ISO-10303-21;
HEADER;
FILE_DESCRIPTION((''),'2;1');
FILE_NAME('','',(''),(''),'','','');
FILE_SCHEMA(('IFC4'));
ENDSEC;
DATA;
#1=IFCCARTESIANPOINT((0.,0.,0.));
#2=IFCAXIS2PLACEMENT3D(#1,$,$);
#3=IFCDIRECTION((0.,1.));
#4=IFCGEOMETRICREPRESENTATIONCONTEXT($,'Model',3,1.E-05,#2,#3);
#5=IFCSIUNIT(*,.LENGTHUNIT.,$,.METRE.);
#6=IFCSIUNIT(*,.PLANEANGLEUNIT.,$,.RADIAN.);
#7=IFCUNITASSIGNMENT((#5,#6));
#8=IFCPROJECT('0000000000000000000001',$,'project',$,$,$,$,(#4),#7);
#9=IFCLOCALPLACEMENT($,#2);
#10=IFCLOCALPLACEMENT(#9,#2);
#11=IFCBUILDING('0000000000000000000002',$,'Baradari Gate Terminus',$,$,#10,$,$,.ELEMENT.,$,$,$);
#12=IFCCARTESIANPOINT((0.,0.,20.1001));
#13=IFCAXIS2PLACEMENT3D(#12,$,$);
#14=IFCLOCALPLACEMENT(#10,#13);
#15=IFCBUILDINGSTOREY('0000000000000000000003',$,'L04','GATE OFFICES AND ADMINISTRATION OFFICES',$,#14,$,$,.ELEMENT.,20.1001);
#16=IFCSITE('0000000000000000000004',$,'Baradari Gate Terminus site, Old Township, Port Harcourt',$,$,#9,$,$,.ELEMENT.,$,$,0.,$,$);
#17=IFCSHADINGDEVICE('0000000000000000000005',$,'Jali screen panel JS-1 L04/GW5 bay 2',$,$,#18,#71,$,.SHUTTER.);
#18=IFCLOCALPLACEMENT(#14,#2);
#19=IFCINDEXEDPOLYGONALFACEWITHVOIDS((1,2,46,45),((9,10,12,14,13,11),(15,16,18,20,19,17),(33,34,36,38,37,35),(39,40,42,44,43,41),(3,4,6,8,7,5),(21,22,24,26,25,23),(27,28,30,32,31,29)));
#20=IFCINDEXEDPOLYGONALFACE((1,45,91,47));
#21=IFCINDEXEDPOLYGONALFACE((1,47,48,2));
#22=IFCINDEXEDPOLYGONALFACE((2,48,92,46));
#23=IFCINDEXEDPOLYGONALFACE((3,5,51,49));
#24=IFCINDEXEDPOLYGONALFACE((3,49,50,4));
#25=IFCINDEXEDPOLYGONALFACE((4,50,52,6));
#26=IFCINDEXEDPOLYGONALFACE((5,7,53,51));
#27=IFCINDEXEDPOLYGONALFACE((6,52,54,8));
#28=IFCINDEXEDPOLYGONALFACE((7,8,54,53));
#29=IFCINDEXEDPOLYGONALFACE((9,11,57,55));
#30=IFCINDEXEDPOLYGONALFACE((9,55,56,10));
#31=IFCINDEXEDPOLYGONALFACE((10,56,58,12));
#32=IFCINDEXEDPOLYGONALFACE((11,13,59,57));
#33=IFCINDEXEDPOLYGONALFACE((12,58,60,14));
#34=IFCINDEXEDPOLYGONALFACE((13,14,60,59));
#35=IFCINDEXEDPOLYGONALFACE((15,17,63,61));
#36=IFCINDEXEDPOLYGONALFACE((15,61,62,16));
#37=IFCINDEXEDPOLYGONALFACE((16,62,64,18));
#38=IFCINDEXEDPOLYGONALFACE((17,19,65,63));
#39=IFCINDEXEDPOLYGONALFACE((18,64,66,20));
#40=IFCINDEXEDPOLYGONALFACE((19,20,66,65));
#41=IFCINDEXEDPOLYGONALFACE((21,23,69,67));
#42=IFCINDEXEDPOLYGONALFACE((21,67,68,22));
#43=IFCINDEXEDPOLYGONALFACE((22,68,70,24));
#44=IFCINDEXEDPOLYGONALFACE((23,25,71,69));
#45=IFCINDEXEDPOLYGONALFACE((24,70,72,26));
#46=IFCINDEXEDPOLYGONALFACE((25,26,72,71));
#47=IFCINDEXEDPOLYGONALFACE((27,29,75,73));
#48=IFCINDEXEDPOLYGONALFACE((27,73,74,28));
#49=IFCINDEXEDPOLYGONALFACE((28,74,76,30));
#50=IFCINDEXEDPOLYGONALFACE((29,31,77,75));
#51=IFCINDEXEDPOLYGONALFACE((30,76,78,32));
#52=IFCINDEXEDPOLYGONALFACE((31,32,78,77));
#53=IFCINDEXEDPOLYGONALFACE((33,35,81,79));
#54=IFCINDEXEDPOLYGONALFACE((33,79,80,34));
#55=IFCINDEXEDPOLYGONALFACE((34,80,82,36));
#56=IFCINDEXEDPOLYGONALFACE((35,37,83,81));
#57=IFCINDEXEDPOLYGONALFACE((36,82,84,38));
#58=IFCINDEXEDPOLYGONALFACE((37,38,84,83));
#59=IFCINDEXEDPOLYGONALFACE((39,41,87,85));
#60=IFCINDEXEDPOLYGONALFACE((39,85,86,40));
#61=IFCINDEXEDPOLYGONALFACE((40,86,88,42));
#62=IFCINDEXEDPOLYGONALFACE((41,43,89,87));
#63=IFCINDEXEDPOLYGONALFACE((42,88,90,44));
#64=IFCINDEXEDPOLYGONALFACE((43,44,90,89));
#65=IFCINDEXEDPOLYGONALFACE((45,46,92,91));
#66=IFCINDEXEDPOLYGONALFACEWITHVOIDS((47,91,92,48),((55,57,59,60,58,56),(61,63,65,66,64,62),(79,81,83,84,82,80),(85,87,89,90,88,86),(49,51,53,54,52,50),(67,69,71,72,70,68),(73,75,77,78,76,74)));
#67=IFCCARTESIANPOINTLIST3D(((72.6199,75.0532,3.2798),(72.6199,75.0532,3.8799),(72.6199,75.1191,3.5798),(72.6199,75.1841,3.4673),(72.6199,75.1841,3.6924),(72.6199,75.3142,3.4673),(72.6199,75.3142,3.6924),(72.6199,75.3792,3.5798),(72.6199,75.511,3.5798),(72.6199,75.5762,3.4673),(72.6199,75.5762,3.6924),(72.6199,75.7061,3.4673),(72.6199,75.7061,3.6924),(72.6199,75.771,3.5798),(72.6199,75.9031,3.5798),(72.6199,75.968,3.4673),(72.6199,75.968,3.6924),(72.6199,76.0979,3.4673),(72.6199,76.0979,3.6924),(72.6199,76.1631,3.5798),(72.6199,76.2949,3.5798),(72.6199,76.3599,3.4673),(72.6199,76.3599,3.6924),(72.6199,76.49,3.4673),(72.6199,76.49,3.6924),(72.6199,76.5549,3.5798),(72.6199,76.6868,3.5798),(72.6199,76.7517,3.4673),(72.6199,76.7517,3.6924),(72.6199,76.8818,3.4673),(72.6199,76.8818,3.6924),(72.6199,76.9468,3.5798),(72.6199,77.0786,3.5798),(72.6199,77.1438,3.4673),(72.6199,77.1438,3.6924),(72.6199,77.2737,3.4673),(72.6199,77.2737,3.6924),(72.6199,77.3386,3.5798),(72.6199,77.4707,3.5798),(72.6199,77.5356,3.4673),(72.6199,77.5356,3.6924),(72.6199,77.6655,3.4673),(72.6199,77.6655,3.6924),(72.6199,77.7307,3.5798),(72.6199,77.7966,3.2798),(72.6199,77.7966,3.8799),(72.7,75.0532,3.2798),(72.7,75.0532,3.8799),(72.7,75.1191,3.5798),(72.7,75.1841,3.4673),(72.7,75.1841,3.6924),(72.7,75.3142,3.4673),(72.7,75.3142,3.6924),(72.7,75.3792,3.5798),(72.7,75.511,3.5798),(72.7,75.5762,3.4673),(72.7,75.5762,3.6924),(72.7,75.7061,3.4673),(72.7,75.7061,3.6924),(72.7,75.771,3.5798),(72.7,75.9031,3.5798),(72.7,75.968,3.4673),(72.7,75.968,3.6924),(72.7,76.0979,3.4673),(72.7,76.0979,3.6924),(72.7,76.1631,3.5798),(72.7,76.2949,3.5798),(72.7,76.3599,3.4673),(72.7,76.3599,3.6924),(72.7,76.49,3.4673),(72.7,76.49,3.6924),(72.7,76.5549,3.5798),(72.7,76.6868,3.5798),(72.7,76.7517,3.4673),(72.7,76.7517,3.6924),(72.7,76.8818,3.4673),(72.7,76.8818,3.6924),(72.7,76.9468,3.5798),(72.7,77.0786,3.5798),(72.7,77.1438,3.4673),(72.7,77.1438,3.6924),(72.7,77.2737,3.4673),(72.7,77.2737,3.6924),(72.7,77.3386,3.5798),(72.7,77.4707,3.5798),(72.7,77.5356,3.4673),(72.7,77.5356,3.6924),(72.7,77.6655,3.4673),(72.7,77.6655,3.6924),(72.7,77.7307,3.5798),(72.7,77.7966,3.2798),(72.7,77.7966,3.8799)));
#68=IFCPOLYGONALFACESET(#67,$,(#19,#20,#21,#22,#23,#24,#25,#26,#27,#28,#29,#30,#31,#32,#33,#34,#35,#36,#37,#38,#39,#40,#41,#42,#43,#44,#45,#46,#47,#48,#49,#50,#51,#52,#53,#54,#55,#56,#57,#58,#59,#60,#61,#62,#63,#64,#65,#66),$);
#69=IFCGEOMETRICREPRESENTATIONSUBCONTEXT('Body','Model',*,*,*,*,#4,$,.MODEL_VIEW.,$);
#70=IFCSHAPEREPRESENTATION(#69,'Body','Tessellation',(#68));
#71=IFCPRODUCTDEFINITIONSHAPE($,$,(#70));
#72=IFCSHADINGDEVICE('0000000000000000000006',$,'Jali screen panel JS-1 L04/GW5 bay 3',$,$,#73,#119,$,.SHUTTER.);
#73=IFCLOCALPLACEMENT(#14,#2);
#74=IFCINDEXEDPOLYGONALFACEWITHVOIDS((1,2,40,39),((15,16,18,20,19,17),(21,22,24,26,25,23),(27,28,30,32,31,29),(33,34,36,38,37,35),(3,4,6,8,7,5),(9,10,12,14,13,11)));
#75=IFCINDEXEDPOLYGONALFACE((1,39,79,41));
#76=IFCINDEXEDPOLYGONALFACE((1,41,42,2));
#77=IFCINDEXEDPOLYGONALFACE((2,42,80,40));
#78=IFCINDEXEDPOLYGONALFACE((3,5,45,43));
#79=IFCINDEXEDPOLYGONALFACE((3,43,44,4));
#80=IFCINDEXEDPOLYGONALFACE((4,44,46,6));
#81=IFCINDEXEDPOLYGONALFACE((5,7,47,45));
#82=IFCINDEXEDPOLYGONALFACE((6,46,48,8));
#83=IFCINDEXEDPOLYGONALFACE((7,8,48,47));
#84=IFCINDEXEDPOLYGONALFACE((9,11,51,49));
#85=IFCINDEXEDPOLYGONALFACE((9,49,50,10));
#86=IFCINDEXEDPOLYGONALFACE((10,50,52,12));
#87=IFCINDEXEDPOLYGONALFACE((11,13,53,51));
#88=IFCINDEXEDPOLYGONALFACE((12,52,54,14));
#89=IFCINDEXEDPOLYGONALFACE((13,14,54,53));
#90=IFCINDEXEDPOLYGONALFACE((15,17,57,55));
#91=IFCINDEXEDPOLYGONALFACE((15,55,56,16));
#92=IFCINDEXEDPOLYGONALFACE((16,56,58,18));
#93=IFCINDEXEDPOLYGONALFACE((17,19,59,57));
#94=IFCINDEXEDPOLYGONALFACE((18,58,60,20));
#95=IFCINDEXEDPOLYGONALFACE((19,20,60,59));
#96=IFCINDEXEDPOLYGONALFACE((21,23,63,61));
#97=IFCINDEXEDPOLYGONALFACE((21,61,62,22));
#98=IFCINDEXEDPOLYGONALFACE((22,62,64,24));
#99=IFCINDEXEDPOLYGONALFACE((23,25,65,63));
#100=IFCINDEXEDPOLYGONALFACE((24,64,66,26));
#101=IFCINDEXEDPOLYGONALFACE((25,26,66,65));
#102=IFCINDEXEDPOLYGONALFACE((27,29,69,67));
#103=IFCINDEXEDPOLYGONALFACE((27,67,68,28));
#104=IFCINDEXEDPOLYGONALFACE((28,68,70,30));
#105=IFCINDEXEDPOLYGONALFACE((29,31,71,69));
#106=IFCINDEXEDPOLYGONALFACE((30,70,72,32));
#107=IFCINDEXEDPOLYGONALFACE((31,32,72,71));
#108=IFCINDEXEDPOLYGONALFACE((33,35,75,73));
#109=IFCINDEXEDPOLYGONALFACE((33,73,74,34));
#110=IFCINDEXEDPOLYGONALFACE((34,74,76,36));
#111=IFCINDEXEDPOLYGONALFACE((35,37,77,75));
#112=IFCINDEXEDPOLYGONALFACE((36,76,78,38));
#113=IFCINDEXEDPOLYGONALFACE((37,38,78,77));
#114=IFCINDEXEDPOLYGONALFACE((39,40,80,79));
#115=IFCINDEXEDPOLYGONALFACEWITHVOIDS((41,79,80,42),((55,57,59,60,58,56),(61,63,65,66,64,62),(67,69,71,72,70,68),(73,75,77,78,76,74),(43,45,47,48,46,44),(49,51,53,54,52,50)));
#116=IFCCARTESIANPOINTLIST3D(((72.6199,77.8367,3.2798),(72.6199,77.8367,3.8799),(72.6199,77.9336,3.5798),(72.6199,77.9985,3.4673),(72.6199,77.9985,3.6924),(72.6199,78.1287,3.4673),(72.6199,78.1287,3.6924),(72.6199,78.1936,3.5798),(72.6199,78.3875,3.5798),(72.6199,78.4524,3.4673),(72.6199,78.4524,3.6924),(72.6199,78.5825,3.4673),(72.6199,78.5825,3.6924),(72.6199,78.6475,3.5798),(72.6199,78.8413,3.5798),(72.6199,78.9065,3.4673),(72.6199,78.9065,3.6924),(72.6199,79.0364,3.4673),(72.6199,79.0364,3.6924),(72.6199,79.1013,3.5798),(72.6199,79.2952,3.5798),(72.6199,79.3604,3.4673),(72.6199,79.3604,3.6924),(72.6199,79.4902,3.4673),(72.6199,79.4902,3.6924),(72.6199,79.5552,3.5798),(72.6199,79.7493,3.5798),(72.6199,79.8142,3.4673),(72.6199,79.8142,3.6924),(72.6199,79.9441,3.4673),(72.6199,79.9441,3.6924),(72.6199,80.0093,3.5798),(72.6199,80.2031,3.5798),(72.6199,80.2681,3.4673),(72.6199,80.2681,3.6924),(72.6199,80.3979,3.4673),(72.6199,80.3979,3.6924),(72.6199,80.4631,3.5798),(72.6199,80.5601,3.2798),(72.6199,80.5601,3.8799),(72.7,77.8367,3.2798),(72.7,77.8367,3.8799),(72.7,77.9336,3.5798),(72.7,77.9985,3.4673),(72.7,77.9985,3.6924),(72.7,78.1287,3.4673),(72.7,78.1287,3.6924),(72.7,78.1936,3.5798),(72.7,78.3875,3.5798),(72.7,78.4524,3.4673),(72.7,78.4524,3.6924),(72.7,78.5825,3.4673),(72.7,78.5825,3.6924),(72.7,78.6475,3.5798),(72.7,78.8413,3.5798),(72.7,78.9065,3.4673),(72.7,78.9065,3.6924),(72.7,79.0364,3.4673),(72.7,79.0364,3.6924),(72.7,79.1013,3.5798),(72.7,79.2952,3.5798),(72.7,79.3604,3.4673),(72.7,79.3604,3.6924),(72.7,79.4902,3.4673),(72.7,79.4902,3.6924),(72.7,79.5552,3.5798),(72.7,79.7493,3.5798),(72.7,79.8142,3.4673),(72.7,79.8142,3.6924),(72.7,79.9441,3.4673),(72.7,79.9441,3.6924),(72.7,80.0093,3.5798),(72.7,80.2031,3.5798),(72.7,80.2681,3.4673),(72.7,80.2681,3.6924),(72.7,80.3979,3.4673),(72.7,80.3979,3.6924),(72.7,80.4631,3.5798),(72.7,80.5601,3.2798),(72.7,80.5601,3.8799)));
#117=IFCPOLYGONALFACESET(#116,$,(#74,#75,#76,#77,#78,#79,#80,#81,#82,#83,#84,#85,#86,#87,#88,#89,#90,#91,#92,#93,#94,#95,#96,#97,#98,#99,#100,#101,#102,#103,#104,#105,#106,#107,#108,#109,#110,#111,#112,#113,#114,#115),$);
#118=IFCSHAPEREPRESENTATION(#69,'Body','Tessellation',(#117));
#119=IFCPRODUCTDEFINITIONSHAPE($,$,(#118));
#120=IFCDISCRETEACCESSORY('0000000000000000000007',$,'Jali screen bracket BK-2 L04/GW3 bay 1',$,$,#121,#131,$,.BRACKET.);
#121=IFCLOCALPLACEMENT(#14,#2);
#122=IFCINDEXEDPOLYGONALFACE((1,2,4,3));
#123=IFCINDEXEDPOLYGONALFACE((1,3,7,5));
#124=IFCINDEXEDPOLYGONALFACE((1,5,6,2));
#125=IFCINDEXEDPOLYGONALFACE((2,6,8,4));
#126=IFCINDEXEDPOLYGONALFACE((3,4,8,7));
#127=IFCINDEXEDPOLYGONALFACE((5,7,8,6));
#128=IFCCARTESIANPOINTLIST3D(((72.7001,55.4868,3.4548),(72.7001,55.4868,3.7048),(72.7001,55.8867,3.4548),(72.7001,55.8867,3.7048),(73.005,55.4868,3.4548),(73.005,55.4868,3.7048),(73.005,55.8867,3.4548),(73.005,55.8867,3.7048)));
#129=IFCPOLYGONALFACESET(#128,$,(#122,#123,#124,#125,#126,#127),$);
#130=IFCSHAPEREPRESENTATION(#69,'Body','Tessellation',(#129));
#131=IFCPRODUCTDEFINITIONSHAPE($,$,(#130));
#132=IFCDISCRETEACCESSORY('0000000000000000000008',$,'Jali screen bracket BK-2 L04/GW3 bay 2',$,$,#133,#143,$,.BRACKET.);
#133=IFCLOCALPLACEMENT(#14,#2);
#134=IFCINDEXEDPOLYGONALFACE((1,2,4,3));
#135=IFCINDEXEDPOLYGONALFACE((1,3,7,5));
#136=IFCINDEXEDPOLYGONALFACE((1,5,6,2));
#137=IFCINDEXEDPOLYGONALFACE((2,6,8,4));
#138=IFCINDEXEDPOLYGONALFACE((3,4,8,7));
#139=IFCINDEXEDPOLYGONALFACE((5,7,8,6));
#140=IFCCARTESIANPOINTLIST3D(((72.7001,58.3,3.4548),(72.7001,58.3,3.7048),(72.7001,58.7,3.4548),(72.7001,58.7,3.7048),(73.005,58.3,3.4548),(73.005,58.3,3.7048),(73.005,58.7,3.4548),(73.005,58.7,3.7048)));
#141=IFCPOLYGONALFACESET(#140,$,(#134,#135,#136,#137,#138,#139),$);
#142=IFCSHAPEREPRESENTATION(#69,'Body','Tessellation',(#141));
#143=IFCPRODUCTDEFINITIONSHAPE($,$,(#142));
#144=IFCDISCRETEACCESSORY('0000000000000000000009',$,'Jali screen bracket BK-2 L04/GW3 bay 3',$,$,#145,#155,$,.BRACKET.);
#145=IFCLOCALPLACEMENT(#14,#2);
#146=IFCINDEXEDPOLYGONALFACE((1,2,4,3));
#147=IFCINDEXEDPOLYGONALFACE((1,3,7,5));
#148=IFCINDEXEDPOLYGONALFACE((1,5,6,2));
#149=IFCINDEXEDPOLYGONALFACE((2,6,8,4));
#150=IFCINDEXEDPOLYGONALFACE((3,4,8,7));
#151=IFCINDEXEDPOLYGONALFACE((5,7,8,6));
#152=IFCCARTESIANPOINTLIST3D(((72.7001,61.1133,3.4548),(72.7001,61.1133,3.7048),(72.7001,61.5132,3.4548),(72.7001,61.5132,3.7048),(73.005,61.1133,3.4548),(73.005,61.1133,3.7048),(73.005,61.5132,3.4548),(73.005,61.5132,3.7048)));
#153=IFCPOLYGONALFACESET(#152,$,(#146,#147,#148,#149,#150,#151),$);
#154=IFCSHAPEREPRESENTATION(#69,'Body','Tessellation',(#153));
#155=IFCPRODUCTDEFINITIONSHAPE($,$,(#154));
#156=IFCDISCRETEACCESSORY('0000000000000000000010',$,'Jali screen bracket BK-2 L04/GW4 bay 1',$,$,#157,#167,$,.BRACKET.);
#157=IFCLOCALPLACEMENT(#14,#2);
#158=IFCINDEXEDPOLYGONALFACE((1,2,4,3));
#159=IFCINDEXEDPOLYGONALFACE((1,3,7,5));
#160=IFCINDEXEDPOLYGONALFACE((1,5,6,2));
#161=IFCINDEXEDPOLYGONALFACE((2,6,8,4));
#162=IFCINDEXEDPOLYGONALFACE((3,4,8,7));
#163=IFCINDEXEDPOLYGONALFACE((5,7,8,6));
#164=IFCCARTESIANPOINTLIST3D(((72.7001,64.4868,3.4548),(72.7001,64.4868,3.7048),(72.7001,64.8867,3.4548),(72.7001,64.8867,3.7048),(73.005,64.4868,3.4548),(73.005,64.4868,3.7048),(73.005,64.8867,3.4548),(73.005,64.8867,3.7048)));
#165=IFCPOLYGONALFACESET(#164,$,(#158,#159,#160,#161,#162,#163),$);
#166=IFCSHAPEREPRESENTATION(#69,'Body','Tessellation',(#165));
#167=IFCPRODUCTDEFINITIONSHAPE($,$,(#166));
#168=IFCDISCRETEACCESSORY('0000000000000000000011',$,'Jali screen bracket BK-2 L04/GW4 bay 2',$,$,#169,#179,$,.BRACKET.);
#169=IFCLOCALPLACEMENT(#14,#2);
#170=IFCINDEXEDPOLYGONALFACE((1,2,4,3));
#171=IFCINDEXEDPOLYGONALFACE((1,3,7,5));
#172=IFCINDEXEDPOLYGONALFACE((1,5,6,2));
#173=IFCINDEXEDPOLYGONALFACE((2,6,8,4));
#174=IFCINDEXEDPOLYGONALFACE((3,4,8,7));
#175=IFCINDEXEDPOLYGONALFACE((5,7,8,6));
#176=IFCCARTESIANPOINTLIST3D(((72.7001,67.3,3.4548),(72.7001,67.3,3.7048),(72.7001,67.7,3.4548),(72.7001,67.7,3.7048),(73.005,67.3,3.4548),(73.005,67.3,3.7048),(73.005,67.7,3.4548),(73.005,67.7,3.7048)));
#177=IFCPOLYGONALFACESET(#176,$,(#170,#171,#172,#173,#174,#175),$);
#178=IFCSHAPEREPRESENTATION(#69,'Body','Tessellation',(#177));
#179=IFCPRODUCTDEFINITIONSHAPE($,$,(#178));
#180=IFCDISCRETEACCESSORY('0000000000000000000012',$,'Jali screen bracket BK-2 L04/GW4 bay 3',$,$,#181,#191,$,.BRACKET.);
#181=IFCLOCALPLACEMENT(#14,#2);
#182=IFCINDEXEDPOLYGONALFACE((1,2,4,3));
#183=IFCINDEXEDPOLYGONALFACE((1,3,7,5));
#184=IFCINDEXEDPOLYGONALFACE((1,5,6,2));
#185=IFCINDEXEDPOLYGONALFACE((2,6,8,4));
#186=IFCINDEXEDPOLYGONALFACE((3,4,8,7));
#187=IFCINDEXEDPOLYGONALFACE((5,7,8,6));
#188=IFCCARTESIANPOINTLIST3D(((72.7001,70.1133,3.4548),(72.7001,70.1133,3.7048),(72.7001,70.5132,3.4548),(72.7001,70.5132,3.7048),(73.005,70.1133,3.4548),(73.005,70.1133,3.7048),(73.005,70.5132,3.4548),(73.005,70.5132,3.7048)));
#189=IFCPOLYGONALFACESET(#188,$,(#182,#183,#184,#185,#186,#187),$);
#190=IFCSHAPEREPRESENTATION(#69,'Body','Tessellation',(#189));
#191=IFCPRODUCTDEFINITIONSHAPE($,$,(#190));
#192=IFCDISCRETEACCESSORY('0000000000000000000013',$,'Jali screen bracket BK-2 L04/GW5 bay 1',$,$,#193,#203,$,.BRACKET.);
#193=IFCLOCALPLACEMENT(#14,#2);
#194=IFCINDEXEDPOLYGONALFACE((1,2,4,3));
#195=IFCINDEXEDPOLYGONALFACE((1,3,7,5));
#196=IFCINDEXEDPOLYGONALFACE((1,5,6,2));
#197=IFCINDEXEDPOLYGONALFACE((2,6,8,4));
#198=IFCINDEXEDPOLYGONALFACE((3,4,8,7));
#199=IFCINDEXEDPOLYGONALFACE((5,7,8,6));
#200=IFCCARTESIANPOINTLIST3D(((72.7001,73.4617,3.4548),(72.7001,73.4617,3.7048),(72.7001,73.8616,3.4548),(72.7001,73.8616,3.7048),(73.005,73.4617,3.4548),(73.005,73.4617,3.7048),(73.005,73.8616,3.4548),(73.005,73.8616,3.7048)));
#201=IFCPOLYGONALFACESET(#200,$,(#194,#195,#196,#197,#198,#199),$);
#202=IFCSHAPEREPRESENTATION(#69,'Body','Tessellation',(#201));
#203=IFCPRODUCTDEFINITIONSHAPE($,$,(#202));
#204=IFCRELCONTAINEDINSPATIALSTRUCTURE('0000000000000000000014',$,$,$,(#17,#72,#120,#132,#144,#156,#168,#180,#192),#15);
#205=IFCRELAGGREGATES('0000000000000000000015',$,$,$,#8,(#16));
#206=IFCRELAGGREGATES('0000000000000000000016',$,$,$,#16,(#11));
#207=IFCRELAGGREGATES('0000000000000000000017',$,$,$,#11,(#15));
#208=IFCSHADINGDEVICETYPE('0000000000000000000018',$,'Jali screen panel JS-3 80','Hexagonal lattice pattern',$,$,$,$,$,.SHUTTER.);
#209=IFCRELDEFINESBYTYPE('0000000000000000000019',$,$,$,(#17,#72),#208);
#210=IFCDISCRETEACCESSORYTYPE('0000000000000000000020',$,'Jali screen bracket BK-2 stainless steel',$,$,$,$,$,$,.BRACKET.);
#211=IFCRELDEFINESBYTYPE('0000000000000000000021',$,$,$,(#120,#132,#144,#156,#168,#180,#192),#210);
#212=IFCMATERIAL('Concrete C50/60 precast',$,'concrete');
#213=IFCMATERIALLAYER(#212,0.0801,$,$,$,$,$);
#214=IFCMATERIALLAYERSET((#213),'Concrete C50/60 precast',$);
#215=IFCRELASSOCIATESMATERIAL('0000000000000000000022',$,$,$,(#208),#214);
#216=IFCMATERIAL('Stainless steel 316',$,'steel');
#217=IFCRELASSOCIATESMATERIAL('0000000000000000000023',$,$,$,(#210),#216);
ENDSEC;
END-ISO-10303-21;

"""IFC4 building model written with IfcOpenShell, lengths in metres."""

from ifc_helpers import new_model, si_unit, direction, frame, origin, origin_2d, place, context, subcontext, project, spatial, polyline, rectangle, outline, extrude, material, layer, layer_set, type_object, element, save


model = new_model("IFC4")

# Units and contexts
model_context = context("Model", 3, precision=1e-05, world=origin(), true_north=direction((0.0, 1.0)))
body_context = subcontext(model_context, "Body", "Model", "MODEL_VIEW")
ifc_project = project(units=[si_unit("LENGTHUNIT", "METRE"), si_unit("PLANEANGLEUNIT", "RADIAN")], contexts=[model_context])

# Site, building, storey
site_placement = place(None, origin())
site = spatial("IfcSite", under=ifc_project, at=site_placement, Name="Baradari Gate Terminus site, Old Township, Port Harcourt", CompositionType="ELEMENT", RefElevation=0.0)
building_placement = place(site_placement, origin())
building = spatial("IfcBuilding", under=site, at=building_placement, Name="Baradari Gate Terminus", CompositionType="ELEMENT")
storey_placement = place(building_placement, frame((0.0, 0.0, 20.1001)))
storey = spatial("IfcBuildingStorey", under=building, at=storey_placement, Name="L04", Description="GATE OFFICES AND ADMINISTRATION OFFICES", CompositionType="ELEMENT", Elevation=20.1001)

# Shading devices
ifc_material_1 = material(Name="Concrete C50/60 precast", Category="concrete")
ifc_layer = layer(ifc_material_1, 0.0801)
ifc_layer_set = layer_set([ifc_layer], Name="Concrete C50/60 precast")
shading_device_type = type_object("IfcShadingDeviceType", Name="Jali screen panel JS-3 80", Description="Hexagonal lattice pattern", PredefinedType="SHUTTER", material=ifc_layer_set)
shading_device_1_placement = place(storey_placement, frame((72.6599, 75.0532, 3.2798), z_axis=(0.0, 0.0, 1.0), x_axis=(0.0, 1.0, 0.0)))
element("IfcShadingDevice", 1, at=shading_device_1_placement, inside=storey, type_object=shading_device_type, Name="Jali screen panel JS-1 L04/GW5 bay 2", PredefinedType="SHUTTER", context=body_context, shape_type="SweptSolid", body=[
    extrude(outline(polyline([(0.0, 0.0), (2.7434, 0.0), (2.7434, 0.6001), (0.0, 0.6001), (0.0, 0.0)]), holes=[polyline([(0.3259, 0.3), (0.261, 0.1875), (0.1309, 0.1875), (0.0659, 0.3), (0.1309, 0.4126), (0.261, 0.4126), (0.3259, 0.3)]), polyline([(0.7178, 0.3), (0.6528, 0.1875), (0.5229, 0.1875), (0.4578, 0.3), (0.5229, 0.4126), (0.6528, 0.4126), (0.7178, 0.3)]), polyline([(1.1099, 0.3), (1.0447, 0.1875), (0.9148, 0.1875), (0.8499, 0.3), (0.9148, 0.4126), (1.0447, 0.4126), (1.1099, 0.3)]), polyline([(1.5017, 0.3), (1.4368, 0.1875), (1.3066, 0.1875), (1.2417, 0.3), (1.3066, 0.4126), (1.4368, 0.4126), (1.5017, 0.3)]), polyline([(1.8936, 0.3), (1.8286, 0.1875), (1.6985, 0.1875), (1.6335, 0.3), (1.6985, 0.4126), (1.8286, 0.4126), (1.8936, 0.3)]), polyline([(2.2854, 0.3), (2.2205, 0.1875), (2.0906, 0.1875), (2.0254, 0.3), (2.0906, 0.4126), (2.2205, 0.4126), (2.2854, 0.3)]), polyline([(2.6775, 0.3), (2.6123, 0.1875), (2.4824, 0.1875), (2.4175, 0.3), (2.4824, 0.4126), (2.6123, 0.4126), (2.6775, 0.3)])]), frame((0.0, 0.04, 0.0), z_axis=(0.0, -1.0, 0.0), x_axis=(1.0, 0.0, 0.0)), (0.0, 0.0, 1.0), 0.0801),
])
shading_device_2_placement = place(storey_placement, frame((72.6599, 77.8367, 3.2798), z_axis=(0.0, 0.0, 1.0), x_axis=(0.0, 1.0, 0.0)))
element("IfcShadingDevice", 2, at=shading_device_2_placement, inside=storey, type_object=shading_device_type, Name="Jali screen panel JS-1 L04/GW5 bay 3", PredefinedType="SHUTTER", context=body_context, shape_type="SweptSolid", body=[
    extrude(outline(polyline([(0.0, 0.0), (2.7234, 0.0), (2.7234, 0.6001), (0.0, 0.6001), (0.0, 0.0)]), holes=[polyline([(0.3569, 0.3), (0.292, 0.1875), (0.1619, 0.1875), (0.0969, 0.3), (0.1619, 0.4126), (0.292, 0.4126), (0.3569, 0.3)]), polyline([(0.8108, 0.3), (0.7458, 0.1875), (0.6157, 0.1875), (0.5508, 0.3), (0.6157, 0.4126), (0.7458, 0.4126), (0.8108, 0.3)]), polyline([(1.2646, 0.3), (1.1997, 0.1875), (1.0698, 0.1875), (1.0046, 0.3), (1.0698, 0.4126), (1.1997, 0.4126), (1.2646, 0.3)]), polyline([(1.7185, 0.3), (1.6536, 0.1875), (1.5237, 0.1875), (1.4585, 0.3), (1.5237, 0.4126), (1.6536, 0.4126), (1.7185, 0.3)]), polyline([(2.1726, 0.3), (2.1074, 0.1875), (1.9775, 0.1875), (1.9126, 0.3), (1.9775, 0.4126), (2.1074, 0.4126), (2.1726, 0.3)]), polyline([(2.6265, 0.3), (2.5613, 0.1875), (2.4314, 0.1875), (2.3665, 0.3), (2.4314, 0.4126), (2.5613, 0.4126), (2.6265, 0.3)])]), frame((0.0, 0.04, 0.0), z_axis=(0.0, -1.0, 0.0), x_axis=(1.0, 0.0, 0.0)), (0.0, 0.0, 1.0), 0.0801),
])

# Discrete accessories
ifc_material_2 = material(Name="Stainless steel 316", Category="steel")
discrete_accessory_type = type_object("IfcDiscreteAccessoryType", Name="Jali screen bracket BK-2 stainless steel", PredefinedType="BRACKET", material=ifc_material_2)
for number, where, z_axis, x_axis, name in (
    (3, (72.8525, 55.6868, 3.4548), (0.0, 0.0, 1.0), (-1.0, 0.0, 0.0), "Jali screen bracket BK-2 L04/GW3 bay 1"),
    (4, (72.8525, 58.5, 3.4548), (0.0, 0.0, 1.0), (-1.0, 0.0, 0.0), "Jali screen bracket BK-2 L04/GW3 bay 2"),
    (5, (72.8525, 61.3132, 3.4548), (0.0, 0.0, 1.0), (-1.0, 0.0, 0.0), "Jali screen bracket BK-2 L04/GW3 bay 3"),
    (6, (72.8525, 64.6868, 3.4548), (0.0, 0.0, 1.0), (-1.0, 0.0, 0.0), "Jali screen bracket BK-2 L04/GW4 bay 1"),
    (7, (72.8525, 67.5, 3.4548), (0.0, 0.0, 1.0), (-1.0, 0.0, 0.0), "Jali screen bracket BK-2 L04/GW4 bay 2"),
    (8, (72.8525, 70.3132, 3.4548), (0.0, 0.0, 1.0), (-1.0, 0.0, 0.0), "Jali screen bracket BK-2 L04/GW4 bay 3"),
    (9, (72.8525, 73.6616, 3.4548), (0.0, 0.0, 1.0), (-1.0, 0.0, 0.0), "Jali screen bracket BK-2 L04/GW5 bay 1"),
):
    element("IfcDiscreteAccessory", number, at=place(storey_placement, frame(where, z_axis=z_axis, x_axis=x_axis)), inside=storey, type_object=discrete_accessory_type, Name=name, PredefinedType="BRACKET", context=body_context, shape_type="SweptSolid", body=[
        extrude(rectangle(XDim=0.3049, YDim=0.3999, at=origin_2d()), origin(), (0.0, 0.0, 1.0), 0.25),
    ])

save(model, "model.ifc")
